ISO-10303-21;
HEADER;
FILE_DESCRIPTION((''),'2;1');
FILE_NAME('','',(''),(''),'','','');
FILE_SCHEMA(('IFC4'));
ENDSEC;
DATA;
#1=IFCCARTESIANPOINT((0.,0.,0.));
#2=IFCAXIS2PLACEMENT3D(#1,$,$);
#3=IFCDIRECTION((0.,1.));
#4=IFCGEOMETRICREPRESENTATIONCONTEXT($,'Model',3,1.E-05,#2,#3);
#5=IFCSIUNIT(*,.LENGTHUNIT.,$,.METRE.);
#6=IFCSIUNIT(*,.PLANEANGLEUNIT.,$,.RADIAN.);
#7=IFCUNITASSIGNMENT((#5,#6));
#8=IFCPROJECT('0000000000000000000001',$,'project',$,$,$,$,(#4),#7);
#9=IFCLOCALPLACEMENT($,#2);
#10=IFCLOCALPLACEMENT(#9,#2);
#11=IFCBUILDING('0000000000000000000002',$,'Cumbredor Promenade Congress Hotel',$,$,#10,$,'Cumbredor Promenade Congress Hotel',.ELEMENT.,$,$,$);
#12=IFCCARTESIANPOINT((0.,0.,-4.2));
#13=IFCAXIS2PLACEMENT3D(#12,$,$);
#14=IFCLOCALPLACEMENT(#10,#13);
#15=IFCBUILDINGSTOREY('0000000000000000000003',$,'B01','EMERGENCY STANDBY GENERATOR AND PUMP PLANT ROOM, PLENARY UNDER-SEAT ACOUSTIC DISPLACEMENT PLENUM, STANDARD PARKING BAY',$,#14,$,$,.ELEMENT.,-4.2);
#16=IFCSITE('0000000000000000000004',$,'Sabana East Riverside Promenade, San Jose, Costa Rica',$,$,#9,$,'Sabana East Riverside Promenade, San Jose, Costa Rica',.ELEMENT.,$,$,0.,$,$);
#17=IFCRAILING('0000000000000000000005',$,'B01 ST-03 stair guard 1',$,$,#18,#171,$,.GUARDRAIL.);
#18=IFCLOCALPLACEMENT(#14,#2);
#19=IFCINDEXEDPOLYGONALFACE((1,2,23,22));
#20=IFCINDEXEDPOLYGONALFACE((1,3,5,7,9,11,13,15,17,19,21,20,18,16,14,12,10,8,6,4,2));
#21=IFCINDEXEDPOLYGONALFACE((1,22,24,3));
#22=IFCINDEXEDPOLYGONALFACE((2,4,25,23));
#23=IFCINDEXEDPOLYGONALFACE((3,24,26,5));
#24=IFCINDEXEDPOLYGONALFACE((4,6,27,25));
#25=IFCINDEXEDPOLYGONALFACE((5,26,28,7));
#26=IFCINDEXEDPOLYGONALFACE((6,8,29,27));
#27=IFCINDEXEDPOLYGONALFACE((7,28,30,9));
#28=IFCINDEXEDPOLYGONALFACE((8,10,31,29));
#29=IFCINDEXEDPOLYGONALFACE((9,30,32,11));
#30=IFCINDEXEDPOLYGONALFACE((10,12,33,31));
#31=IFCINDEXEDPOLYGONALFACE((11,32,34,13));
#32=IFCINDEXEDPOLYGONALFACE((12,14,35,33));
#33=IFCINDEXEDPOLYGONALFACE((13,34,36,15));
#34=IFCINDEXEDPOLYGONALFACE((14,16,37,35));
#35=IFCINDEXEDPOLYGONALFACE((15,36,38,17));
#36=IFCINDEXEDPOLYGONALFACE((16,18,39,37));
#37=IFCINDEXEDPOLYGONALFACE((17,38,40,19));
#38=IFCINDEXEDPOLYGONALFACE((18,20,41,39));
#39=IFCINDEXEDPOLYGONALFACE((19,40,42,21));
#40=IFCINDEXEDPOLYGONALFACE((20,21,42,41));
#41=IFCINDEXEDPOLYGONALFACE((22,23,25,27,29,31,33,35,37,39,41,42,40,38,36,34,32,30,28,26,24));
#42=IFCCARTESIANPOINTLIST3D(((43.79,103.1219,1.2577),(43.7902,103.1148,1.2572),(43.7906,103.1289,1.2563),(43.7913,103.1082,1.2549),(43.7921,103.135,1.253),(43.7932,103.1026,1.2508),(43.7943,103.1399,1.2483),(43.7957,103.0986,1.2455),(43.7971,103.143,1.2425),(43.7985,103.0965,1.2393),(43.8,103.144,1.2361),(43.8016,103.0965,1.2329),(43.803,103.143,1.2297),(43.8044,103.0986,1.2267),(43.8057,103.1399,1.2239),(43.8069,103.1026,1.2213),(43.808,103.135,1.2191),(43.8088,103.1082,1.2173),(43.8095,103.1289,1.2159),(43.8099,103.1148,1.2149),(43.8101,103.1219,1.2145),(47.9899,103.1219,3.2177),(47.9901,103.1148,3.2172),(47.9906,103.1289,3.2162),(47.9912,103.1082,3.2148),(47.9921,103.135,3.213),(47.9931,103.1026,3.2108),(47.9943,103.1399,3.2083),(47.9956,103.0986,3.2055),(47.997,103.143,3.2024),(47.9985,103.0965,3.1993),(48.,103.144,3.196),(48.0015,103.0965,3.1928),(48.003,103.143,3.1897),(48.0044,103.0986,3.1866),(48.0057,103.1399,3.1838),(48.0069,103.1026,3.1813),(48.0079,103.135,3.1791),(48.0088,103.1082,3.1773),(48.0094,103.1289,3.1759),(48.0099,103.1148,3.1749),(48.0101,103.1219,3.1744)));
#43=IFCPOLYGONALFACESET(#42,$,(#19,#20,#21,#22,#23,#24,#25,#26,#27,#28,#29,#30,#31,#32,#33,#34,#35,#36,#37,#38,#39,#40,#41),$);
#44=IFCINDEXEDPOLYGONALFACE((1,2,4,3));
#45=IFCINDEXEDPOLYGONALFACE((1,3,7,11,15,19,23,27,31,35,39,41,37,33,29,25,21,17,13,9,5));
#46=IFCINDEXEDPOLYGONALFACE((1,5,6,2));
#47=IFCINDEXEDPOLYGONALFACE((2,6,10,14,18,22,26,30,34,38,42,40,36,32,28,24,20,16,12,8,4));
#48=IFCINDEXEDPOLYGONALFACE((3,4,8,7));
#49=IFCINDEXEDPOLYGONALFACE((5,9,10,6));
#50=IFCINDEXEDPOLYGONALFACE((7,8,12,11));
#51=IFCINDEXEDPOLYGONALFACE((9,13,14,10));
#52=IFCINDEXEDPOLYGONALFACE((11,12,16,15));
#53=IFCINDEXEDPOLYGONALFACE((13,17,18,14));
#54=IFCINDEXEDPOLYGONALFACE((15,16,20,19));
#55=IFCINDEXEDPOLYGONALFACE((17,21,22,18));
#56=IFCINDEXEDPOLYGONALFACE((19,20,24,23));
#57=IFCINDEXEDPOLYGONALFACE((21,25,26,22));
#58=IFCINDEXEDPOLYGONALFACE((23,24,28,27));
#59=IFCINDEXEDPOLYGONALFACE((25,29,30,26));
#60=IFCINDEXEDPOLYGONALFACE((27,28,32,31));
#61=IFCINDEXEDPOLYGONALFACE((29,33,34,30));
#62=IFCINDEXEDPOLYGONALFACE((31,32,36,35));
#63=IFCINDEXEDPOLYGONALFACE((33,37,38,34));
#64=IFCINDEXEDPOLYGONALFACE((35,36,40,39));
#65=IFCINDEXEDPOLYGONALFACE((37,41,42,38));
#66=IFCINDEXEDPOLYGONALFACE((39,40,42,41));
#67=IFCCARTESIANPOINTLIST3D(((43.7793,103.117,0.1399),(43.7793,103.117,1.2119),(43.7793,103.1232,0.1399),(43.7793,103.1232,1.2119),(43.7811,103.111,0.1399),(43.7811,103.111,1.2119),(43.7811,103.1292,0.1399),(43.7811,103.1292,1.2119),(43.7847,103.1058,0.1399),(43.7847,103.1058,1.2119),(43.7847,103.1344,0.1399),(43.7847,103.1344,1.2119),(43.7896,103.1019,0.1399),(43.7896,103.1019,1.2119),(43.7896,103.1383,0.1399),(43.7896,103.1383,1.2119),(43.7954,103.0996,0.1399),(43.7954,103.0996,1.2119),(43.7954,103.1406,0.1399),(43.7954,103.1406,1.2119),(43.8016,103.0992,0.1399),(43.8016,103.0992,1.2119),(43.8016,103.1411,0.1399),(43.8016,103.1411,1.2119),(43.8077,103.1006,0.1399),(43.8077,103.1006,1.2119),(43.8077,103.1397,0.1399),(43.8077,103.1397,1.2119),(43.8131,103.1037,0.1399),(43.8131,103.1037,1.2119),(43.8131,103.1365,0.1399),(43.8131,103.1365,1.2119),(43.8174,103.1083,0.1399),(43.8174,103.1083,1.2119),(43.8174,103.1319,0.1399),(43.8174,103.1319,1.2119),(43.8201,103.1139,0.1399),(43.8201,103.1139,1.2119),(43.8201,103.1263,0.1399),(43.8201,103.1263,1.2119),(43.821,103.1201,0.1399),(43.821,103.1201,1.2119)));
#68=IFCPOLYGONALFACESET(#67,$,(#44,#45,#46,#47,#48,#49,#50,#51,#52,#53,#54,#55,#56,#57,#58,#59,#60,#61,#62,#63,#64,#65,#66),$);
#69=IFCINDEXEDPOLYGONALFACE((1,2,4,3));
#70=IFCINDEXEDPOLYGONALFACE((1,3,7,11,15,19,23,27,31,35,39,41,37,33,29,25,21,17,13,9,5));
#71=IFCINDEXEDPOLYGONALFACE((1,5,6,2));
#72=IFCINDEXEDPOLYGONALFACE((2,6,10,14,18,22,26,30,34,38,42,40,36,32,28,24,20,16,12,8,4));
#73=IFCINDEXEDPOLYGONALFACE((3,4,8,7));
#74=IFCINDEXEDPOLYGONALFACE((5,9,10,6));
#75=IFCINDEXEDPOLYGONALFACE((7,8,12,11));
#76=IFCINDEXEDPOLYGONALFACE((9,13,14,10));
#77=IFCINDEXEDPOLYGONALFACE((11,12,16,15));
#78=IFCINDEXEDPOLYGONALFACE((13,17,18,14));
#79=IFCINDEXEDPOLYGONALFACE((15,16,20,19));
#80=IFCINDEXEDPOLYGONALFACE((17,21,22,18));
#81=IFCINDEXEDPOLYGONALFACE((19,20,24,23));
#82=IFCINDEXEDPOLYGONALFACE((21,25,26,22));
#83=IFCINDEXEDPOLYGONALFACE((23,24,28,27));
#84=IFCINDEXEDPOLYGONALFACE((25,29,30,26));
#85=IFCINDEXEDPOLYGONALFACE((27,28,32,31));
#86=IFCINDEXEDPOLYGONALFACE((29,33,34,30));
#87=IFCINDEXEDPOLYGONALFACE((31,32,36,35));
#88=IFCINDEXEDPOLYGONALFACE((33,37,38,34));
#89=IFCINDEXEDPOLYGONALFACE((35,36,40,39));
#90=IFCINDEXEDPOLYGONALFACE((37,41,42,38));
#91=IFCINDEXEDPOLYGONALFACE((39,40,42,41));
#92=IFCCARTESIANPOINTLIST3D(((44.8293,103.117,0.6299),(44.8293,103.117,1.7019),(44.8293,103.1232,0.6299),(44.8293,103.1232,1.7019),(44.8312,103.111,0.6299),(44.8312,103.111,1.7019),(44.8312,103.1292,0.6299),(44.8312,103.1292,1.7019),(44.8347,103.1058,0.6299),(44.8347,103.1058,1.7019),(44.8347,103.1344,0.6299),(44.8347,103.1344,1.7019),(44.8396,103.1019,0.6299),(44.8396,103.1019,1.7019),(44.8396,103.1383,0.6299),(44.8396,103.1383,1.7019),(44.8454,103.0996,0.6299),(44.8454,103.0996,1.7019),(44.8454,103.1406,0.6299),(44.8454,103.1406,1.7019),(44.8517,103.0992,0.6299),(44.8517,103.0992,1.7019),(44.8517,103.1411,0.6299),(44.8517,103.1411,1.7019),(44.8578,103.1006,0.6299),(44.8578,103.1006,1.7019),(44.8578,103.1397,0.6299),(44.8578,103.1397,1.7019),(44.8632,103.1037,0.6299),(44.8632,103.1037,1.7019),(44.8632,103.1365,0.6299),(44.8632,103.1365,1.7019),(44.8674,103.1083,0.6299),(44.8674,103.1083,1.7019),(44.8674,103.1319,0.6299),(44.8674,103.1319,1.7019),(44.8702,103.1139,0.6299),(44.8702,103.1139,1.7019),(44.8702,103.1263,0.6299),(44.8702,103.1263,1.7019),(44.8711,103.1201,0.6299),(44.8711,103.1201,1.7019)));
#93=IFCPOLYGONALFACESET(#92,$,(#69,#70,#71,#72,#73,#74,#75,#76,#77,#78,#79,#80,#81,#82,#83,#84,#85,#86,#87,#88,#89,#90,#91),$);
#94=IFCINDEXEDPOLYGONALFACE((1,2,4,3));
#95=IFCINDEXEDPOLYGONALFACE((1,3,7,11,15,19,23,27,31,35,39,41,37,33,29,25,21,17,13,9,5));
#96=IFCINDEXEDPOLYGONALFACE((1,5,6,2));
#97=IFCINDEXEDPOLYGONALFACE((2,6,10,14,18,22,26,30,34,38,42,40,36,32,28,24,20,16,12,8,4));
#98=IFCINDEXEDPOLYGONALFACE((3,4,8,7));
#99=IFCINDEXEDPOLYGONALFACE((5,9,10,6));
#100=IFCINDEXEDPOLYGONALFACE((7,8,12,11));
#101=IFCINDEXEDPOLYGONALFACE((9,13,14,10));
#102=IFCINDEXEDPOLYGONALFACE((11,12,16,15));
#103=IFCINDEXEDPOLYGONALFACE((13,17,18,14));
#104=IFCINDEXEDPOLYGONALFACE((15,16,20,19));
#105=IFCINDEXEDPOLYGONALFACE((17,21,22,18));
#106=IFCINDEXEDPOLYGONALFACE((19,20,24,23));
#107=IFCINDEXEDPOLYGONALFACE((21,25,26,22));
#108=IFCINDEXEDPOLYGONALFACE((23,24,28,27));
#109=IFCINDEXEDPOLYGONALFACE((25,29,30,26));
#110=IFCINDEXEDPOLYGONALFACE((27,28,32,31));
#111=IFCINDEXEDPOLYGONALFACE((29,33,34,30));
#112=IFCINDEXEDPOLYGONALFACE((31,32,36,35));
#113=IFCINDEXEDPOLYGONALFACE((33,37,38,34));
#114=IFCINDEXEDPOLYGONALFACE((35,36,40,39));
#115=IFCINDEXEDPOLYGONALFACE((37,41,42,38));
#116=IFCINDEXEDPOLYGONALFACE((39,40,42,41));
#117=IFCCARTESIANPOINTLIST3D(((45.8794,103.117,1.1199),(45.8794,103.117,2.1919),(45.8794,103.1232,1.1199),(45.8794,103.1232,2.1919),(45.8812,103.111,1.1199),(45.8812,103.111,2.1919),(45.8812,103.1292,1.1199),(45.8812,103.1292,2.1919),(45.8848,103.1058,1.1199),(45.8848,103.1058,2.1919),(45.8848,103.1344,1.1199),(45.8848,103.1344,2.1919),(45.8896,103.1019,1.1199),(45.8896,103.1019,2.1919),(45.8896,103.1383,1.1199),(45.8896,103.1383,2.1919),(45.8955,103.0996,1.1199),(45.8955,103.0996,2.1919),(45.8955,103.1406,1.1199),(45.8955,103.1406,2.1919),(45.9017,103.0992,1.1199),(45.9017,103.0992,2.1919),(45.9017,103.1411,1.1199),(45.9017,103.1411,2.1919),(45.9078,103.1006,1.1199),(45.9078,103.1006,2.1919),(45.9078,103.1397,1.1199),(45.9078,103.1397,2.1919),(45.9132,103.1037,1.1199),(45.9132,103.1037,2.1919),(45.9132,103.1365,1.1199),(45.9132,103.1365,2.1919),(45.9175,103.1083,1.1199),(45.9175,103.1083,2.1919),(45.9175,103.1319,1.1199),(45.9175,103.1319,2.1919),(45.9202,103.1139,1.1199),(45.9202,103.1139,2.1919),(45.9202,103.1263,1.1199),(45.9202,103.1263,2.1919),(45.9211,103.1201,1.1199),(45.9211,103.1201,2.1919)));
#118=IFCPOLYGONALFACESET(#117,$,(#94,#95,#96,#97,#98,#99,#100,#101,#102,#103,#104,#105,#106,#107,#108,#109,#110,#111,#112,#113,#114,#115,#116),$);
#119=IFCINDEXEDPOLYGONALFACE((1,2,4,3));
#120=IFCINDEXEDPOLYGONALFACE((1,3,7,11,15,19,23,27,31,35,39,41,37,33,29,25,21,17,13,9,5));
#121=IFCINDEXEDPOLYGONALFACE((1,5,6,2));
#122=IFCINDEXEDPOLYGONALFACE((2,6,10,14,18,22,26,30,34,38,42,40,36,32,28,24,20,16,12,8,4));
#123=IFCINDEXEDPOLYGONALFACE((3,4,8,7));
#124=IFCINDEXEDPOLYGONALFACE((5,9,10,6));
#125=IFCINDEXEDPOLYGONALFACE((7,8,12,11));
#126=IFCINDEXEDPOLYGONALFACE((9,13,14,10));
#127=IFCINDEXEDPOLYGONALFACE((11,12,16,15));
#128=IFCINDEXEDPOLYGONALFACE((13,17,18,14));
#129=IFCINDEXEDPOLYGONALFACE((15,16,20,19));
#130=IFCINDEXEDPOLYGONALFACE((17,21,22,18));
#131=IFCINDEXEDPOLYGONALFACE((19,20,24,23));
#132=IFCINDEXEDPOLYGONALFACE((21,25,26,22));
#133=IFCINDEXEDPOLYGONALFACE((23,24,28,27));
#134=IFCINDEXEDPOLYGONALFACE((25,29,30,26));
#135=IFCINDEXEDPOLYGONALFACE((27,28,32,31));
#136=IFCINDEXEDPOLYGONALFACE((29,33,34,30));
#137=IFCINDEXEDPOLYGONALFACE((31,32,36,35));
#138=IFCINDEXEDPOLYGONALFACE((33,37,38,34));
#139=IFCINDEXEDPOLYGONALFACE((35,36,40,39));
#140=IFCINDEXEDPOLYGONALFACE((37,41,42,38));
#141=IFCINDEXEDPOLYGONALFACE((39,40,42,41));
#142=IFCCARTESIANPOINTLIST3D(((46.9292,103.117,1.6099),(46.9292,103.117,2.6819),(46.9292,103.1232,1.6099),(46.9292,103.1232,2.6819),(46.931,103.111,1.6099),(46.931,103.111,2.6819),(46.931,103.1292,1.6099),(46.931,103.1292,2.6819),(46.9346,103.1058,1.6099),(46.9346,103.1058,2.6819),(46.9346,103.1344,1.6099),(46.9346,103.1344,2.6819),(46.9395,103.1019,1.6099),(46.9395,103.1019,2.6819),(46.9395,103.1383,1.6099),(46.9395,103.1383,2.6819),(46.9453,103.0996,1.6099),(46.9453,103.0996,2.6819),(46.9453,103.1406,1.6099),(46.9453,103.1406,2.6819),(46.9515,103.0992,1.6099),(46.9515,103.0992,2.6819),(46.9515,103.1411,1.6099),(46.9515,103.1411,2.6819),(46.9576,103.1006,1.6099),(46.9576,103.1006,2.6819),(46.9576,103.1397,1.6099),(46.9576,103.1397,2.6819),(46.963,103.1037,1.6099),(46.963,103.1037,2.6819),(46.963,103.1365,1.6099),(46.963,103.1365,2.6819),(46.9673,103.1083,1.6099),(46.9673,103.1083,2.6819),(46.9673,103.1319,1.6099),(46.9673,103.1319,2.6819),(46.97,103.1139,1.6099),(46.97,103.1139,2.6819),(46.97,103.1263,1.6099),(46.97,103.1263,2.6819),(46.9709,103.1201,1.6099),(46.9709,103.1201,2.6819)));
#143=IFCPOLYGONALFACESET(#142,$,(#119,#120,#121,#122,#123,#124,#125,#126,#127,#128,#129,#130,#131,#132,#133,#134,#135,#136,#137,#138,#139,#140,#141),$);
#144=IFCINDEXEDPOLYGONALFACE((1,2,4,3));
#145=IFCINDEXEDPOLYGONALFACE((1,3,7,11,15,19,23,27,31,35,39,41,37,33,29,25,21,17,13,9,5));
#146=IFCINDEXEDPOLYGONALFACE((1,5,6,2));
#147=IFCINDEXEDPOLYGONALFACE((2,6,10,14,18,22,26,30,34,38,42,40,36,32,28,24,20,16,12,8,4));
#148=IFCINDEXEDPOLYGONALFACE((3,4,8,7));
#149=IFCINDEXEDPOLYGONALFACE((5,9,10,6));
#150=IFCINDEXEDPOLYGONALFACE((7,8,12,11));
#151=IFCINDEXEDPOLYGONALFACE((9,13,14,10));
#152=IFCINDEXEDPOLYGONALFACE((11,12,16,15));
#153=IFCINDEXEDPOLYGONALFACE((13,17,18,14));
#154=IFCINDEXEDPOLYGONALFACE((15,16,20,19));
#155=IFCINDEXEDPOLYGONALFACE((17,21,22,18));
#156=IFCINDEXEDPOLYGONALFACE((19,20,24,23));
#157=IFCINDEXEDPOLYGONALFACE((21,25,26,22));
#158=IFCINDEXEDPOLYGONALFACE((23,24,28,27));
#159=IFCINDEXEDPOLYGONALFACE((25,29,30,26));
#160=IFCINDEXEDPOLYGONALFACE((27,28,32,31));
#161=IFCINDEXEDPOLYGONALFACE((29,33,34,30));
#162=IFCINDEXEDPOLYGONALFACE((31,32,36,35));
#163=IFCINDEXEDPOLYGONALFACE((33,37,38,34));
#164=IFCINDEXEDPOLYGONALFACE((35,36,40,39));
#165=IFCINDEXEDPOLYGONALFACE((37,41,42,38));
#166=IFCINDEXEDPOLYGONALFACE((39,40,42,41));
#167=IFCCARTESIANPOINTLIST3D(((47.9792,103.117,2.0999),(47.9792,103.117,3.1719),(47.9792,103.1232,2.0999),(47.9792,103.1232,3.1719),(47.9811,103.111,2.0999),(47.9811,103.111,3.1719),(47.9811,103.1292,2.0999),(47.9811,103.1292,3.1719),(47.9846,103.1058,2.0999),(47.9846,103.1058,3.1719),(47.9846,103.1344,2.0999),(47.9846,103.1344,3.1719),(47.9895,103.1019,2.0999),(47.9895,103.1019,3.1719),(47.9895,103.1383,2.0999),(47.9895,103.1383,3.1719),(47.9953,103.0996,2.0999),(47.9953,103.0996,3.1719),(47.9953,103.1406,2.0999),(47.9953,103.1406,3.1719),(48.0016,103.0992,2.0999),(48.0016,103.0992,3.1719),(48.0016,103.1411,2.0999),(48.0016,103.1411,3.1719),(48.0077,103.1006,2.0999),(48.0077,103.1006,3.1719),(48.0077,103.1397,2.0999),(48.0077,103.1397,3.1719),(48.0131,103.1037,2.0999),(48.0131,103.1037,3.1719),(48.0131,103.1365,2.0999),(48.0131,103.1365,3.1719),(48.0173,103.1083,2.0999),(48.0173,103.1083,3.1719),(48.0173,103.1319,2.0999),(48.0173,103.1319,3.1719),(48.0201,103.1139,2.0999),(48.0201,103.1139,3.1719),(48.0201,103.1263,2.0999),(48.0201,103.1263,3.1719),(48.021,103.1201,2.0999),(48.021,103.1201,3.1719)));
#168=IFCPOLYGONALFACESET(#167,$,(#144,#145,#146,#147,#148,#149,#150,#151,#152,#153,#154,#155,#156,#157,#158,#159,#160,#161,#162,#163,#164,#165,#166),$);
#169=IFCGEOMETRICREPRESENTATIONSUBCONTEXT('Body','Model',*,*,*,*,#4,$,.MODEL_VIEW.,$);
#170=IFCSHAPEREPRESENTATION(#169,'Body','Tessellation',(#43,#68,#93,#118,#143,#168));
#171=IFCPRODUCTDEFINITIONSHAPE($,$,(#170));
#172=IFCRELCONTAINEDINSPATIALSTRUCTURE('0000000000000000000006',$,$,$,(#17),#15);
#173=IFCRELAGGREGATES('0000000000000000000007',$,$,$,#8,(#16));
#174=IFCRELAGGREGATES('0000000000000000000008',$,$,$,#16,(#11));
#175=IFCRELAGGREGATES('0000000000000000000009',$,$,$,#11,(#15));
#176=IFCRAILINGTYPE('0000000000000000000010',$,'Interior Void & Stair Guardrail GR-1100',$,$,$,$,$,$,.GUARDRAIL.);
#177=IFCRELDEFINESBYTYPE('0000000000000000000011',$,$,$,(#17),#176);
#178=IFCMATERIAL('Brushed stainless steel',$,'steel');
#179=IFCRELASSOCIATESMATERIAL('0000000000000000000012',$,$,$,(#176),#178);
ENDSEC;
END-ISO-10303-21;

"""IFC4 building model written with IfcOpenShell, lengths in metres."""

from ifc_helpers import new_model, si_unit, direction, frame, origin, origin_2d, place, context, subcontext, project, spatial, circle, extrude, material, type_object, element, save


model = new_model("IFC4")

# Units and contexts
model_context = context("Model", 3, precision=1e-05, world=origin(), true_north=direction((0.0, 1.0)))
body_context = subcontext(model_context, "Body", "Model", "MODEL_VIEW")
ifc_project = project(units=[si_unit("LENGTHUNIT", "METRE"), si_unit("PLANEANGLEUNIT", "RADIAN")], contexts=[model_context])

# Site, building, storey
site_placement = place(None, origin())
site = spatial("IfcSite", under=ifc_project, at=site_placement, Name="Sabana East Riverside Promenade, San Jose, Costa Rica", LongName="Sabana East Riverside Promenade, San Jose, Costa Rica", CompositionType="ELEMENT", RefElevation=0.0)
building_placement = place(site_placement, origin())
building = spatial("IfcBuilding", under=site, at=building_placement, Name="Cumbredor Promenade Congress Hotel", LongName="Cumbredor Promenade Congress Hotel", CompositionType="ELEMENT")
storey_placement = place(building_placement, frame((0.0, 0.0, -4.2)))
storey = spatial("IfcBuildingStorey", under=building, at=storey_placement, Name="B01", Description="EMERGENCY STANDBY GENERATOR AND PUMP PLANT ROOM, PLENARY UNDER-SEAT ACOUSTIC DISPLACEMENT PLENUM, STANDARD PARKING BAY", CompositionType="ELEMENT", Elevation=-4.2)

# Railing
ifc_material_1 = material(Name="Brushed stainless steel", Category="steel")
railing_type_1 = type_object("IfcRailingType", Name="Interior Void & Stair Guardrail GR-1100", PredefinedType="GUARDRAIL", material=ifc_material_1)
railing_1_placement = place(storey_placement, frame((43.8, 103.1201, 0.1399)))
element("IfcRailing", 1, at=railing_1_placement, inside=storey, type_object=railing_type_1, Name="B01 ST-03 stair guard 1", PredefinedType="GUARDRAIL", context=body_context, shape_type="SweptSolid", body=[
    extrude(circle(Radius=0.0239, at=origin_2d()), frame((0.0, 0.0, 1.0962), z_axis=(0.906184, 0.0, 0.422883), x_axis=(0.0, 1.0, 0.0)), (0.0, 0.0, 1.0), 4.6348),
    extrude(circle(Radius=0.021, at=origin_2d()), origin(), (0.0, 0.0, 1.0), 1.072),
    extrude(circle(Radius=0.021, at=origin_2d()), frame((1.05, 0.0, 0.49)), (0.0, 0.0, 1.0), 1.072),
    extrude(circle(Radius=0.021, at=origin_2d()), frame((2.1001, 0.0, 0.98)), (0.0, 0.0, 1.0), 1.072),
    extrude(circle(Radius=0.021, at=origin_2d()), frame((3.1499, 0.0, 1.47)), (0.0, 0.0, 1.0), 1.072),
    extrude(circle(Radius=0.021, at=origin_2d()), frame((4.2, 0.0, 1.96)), (0.0, 0.0, 1.0), 1.072),
])

save(model, "model.ifc")
